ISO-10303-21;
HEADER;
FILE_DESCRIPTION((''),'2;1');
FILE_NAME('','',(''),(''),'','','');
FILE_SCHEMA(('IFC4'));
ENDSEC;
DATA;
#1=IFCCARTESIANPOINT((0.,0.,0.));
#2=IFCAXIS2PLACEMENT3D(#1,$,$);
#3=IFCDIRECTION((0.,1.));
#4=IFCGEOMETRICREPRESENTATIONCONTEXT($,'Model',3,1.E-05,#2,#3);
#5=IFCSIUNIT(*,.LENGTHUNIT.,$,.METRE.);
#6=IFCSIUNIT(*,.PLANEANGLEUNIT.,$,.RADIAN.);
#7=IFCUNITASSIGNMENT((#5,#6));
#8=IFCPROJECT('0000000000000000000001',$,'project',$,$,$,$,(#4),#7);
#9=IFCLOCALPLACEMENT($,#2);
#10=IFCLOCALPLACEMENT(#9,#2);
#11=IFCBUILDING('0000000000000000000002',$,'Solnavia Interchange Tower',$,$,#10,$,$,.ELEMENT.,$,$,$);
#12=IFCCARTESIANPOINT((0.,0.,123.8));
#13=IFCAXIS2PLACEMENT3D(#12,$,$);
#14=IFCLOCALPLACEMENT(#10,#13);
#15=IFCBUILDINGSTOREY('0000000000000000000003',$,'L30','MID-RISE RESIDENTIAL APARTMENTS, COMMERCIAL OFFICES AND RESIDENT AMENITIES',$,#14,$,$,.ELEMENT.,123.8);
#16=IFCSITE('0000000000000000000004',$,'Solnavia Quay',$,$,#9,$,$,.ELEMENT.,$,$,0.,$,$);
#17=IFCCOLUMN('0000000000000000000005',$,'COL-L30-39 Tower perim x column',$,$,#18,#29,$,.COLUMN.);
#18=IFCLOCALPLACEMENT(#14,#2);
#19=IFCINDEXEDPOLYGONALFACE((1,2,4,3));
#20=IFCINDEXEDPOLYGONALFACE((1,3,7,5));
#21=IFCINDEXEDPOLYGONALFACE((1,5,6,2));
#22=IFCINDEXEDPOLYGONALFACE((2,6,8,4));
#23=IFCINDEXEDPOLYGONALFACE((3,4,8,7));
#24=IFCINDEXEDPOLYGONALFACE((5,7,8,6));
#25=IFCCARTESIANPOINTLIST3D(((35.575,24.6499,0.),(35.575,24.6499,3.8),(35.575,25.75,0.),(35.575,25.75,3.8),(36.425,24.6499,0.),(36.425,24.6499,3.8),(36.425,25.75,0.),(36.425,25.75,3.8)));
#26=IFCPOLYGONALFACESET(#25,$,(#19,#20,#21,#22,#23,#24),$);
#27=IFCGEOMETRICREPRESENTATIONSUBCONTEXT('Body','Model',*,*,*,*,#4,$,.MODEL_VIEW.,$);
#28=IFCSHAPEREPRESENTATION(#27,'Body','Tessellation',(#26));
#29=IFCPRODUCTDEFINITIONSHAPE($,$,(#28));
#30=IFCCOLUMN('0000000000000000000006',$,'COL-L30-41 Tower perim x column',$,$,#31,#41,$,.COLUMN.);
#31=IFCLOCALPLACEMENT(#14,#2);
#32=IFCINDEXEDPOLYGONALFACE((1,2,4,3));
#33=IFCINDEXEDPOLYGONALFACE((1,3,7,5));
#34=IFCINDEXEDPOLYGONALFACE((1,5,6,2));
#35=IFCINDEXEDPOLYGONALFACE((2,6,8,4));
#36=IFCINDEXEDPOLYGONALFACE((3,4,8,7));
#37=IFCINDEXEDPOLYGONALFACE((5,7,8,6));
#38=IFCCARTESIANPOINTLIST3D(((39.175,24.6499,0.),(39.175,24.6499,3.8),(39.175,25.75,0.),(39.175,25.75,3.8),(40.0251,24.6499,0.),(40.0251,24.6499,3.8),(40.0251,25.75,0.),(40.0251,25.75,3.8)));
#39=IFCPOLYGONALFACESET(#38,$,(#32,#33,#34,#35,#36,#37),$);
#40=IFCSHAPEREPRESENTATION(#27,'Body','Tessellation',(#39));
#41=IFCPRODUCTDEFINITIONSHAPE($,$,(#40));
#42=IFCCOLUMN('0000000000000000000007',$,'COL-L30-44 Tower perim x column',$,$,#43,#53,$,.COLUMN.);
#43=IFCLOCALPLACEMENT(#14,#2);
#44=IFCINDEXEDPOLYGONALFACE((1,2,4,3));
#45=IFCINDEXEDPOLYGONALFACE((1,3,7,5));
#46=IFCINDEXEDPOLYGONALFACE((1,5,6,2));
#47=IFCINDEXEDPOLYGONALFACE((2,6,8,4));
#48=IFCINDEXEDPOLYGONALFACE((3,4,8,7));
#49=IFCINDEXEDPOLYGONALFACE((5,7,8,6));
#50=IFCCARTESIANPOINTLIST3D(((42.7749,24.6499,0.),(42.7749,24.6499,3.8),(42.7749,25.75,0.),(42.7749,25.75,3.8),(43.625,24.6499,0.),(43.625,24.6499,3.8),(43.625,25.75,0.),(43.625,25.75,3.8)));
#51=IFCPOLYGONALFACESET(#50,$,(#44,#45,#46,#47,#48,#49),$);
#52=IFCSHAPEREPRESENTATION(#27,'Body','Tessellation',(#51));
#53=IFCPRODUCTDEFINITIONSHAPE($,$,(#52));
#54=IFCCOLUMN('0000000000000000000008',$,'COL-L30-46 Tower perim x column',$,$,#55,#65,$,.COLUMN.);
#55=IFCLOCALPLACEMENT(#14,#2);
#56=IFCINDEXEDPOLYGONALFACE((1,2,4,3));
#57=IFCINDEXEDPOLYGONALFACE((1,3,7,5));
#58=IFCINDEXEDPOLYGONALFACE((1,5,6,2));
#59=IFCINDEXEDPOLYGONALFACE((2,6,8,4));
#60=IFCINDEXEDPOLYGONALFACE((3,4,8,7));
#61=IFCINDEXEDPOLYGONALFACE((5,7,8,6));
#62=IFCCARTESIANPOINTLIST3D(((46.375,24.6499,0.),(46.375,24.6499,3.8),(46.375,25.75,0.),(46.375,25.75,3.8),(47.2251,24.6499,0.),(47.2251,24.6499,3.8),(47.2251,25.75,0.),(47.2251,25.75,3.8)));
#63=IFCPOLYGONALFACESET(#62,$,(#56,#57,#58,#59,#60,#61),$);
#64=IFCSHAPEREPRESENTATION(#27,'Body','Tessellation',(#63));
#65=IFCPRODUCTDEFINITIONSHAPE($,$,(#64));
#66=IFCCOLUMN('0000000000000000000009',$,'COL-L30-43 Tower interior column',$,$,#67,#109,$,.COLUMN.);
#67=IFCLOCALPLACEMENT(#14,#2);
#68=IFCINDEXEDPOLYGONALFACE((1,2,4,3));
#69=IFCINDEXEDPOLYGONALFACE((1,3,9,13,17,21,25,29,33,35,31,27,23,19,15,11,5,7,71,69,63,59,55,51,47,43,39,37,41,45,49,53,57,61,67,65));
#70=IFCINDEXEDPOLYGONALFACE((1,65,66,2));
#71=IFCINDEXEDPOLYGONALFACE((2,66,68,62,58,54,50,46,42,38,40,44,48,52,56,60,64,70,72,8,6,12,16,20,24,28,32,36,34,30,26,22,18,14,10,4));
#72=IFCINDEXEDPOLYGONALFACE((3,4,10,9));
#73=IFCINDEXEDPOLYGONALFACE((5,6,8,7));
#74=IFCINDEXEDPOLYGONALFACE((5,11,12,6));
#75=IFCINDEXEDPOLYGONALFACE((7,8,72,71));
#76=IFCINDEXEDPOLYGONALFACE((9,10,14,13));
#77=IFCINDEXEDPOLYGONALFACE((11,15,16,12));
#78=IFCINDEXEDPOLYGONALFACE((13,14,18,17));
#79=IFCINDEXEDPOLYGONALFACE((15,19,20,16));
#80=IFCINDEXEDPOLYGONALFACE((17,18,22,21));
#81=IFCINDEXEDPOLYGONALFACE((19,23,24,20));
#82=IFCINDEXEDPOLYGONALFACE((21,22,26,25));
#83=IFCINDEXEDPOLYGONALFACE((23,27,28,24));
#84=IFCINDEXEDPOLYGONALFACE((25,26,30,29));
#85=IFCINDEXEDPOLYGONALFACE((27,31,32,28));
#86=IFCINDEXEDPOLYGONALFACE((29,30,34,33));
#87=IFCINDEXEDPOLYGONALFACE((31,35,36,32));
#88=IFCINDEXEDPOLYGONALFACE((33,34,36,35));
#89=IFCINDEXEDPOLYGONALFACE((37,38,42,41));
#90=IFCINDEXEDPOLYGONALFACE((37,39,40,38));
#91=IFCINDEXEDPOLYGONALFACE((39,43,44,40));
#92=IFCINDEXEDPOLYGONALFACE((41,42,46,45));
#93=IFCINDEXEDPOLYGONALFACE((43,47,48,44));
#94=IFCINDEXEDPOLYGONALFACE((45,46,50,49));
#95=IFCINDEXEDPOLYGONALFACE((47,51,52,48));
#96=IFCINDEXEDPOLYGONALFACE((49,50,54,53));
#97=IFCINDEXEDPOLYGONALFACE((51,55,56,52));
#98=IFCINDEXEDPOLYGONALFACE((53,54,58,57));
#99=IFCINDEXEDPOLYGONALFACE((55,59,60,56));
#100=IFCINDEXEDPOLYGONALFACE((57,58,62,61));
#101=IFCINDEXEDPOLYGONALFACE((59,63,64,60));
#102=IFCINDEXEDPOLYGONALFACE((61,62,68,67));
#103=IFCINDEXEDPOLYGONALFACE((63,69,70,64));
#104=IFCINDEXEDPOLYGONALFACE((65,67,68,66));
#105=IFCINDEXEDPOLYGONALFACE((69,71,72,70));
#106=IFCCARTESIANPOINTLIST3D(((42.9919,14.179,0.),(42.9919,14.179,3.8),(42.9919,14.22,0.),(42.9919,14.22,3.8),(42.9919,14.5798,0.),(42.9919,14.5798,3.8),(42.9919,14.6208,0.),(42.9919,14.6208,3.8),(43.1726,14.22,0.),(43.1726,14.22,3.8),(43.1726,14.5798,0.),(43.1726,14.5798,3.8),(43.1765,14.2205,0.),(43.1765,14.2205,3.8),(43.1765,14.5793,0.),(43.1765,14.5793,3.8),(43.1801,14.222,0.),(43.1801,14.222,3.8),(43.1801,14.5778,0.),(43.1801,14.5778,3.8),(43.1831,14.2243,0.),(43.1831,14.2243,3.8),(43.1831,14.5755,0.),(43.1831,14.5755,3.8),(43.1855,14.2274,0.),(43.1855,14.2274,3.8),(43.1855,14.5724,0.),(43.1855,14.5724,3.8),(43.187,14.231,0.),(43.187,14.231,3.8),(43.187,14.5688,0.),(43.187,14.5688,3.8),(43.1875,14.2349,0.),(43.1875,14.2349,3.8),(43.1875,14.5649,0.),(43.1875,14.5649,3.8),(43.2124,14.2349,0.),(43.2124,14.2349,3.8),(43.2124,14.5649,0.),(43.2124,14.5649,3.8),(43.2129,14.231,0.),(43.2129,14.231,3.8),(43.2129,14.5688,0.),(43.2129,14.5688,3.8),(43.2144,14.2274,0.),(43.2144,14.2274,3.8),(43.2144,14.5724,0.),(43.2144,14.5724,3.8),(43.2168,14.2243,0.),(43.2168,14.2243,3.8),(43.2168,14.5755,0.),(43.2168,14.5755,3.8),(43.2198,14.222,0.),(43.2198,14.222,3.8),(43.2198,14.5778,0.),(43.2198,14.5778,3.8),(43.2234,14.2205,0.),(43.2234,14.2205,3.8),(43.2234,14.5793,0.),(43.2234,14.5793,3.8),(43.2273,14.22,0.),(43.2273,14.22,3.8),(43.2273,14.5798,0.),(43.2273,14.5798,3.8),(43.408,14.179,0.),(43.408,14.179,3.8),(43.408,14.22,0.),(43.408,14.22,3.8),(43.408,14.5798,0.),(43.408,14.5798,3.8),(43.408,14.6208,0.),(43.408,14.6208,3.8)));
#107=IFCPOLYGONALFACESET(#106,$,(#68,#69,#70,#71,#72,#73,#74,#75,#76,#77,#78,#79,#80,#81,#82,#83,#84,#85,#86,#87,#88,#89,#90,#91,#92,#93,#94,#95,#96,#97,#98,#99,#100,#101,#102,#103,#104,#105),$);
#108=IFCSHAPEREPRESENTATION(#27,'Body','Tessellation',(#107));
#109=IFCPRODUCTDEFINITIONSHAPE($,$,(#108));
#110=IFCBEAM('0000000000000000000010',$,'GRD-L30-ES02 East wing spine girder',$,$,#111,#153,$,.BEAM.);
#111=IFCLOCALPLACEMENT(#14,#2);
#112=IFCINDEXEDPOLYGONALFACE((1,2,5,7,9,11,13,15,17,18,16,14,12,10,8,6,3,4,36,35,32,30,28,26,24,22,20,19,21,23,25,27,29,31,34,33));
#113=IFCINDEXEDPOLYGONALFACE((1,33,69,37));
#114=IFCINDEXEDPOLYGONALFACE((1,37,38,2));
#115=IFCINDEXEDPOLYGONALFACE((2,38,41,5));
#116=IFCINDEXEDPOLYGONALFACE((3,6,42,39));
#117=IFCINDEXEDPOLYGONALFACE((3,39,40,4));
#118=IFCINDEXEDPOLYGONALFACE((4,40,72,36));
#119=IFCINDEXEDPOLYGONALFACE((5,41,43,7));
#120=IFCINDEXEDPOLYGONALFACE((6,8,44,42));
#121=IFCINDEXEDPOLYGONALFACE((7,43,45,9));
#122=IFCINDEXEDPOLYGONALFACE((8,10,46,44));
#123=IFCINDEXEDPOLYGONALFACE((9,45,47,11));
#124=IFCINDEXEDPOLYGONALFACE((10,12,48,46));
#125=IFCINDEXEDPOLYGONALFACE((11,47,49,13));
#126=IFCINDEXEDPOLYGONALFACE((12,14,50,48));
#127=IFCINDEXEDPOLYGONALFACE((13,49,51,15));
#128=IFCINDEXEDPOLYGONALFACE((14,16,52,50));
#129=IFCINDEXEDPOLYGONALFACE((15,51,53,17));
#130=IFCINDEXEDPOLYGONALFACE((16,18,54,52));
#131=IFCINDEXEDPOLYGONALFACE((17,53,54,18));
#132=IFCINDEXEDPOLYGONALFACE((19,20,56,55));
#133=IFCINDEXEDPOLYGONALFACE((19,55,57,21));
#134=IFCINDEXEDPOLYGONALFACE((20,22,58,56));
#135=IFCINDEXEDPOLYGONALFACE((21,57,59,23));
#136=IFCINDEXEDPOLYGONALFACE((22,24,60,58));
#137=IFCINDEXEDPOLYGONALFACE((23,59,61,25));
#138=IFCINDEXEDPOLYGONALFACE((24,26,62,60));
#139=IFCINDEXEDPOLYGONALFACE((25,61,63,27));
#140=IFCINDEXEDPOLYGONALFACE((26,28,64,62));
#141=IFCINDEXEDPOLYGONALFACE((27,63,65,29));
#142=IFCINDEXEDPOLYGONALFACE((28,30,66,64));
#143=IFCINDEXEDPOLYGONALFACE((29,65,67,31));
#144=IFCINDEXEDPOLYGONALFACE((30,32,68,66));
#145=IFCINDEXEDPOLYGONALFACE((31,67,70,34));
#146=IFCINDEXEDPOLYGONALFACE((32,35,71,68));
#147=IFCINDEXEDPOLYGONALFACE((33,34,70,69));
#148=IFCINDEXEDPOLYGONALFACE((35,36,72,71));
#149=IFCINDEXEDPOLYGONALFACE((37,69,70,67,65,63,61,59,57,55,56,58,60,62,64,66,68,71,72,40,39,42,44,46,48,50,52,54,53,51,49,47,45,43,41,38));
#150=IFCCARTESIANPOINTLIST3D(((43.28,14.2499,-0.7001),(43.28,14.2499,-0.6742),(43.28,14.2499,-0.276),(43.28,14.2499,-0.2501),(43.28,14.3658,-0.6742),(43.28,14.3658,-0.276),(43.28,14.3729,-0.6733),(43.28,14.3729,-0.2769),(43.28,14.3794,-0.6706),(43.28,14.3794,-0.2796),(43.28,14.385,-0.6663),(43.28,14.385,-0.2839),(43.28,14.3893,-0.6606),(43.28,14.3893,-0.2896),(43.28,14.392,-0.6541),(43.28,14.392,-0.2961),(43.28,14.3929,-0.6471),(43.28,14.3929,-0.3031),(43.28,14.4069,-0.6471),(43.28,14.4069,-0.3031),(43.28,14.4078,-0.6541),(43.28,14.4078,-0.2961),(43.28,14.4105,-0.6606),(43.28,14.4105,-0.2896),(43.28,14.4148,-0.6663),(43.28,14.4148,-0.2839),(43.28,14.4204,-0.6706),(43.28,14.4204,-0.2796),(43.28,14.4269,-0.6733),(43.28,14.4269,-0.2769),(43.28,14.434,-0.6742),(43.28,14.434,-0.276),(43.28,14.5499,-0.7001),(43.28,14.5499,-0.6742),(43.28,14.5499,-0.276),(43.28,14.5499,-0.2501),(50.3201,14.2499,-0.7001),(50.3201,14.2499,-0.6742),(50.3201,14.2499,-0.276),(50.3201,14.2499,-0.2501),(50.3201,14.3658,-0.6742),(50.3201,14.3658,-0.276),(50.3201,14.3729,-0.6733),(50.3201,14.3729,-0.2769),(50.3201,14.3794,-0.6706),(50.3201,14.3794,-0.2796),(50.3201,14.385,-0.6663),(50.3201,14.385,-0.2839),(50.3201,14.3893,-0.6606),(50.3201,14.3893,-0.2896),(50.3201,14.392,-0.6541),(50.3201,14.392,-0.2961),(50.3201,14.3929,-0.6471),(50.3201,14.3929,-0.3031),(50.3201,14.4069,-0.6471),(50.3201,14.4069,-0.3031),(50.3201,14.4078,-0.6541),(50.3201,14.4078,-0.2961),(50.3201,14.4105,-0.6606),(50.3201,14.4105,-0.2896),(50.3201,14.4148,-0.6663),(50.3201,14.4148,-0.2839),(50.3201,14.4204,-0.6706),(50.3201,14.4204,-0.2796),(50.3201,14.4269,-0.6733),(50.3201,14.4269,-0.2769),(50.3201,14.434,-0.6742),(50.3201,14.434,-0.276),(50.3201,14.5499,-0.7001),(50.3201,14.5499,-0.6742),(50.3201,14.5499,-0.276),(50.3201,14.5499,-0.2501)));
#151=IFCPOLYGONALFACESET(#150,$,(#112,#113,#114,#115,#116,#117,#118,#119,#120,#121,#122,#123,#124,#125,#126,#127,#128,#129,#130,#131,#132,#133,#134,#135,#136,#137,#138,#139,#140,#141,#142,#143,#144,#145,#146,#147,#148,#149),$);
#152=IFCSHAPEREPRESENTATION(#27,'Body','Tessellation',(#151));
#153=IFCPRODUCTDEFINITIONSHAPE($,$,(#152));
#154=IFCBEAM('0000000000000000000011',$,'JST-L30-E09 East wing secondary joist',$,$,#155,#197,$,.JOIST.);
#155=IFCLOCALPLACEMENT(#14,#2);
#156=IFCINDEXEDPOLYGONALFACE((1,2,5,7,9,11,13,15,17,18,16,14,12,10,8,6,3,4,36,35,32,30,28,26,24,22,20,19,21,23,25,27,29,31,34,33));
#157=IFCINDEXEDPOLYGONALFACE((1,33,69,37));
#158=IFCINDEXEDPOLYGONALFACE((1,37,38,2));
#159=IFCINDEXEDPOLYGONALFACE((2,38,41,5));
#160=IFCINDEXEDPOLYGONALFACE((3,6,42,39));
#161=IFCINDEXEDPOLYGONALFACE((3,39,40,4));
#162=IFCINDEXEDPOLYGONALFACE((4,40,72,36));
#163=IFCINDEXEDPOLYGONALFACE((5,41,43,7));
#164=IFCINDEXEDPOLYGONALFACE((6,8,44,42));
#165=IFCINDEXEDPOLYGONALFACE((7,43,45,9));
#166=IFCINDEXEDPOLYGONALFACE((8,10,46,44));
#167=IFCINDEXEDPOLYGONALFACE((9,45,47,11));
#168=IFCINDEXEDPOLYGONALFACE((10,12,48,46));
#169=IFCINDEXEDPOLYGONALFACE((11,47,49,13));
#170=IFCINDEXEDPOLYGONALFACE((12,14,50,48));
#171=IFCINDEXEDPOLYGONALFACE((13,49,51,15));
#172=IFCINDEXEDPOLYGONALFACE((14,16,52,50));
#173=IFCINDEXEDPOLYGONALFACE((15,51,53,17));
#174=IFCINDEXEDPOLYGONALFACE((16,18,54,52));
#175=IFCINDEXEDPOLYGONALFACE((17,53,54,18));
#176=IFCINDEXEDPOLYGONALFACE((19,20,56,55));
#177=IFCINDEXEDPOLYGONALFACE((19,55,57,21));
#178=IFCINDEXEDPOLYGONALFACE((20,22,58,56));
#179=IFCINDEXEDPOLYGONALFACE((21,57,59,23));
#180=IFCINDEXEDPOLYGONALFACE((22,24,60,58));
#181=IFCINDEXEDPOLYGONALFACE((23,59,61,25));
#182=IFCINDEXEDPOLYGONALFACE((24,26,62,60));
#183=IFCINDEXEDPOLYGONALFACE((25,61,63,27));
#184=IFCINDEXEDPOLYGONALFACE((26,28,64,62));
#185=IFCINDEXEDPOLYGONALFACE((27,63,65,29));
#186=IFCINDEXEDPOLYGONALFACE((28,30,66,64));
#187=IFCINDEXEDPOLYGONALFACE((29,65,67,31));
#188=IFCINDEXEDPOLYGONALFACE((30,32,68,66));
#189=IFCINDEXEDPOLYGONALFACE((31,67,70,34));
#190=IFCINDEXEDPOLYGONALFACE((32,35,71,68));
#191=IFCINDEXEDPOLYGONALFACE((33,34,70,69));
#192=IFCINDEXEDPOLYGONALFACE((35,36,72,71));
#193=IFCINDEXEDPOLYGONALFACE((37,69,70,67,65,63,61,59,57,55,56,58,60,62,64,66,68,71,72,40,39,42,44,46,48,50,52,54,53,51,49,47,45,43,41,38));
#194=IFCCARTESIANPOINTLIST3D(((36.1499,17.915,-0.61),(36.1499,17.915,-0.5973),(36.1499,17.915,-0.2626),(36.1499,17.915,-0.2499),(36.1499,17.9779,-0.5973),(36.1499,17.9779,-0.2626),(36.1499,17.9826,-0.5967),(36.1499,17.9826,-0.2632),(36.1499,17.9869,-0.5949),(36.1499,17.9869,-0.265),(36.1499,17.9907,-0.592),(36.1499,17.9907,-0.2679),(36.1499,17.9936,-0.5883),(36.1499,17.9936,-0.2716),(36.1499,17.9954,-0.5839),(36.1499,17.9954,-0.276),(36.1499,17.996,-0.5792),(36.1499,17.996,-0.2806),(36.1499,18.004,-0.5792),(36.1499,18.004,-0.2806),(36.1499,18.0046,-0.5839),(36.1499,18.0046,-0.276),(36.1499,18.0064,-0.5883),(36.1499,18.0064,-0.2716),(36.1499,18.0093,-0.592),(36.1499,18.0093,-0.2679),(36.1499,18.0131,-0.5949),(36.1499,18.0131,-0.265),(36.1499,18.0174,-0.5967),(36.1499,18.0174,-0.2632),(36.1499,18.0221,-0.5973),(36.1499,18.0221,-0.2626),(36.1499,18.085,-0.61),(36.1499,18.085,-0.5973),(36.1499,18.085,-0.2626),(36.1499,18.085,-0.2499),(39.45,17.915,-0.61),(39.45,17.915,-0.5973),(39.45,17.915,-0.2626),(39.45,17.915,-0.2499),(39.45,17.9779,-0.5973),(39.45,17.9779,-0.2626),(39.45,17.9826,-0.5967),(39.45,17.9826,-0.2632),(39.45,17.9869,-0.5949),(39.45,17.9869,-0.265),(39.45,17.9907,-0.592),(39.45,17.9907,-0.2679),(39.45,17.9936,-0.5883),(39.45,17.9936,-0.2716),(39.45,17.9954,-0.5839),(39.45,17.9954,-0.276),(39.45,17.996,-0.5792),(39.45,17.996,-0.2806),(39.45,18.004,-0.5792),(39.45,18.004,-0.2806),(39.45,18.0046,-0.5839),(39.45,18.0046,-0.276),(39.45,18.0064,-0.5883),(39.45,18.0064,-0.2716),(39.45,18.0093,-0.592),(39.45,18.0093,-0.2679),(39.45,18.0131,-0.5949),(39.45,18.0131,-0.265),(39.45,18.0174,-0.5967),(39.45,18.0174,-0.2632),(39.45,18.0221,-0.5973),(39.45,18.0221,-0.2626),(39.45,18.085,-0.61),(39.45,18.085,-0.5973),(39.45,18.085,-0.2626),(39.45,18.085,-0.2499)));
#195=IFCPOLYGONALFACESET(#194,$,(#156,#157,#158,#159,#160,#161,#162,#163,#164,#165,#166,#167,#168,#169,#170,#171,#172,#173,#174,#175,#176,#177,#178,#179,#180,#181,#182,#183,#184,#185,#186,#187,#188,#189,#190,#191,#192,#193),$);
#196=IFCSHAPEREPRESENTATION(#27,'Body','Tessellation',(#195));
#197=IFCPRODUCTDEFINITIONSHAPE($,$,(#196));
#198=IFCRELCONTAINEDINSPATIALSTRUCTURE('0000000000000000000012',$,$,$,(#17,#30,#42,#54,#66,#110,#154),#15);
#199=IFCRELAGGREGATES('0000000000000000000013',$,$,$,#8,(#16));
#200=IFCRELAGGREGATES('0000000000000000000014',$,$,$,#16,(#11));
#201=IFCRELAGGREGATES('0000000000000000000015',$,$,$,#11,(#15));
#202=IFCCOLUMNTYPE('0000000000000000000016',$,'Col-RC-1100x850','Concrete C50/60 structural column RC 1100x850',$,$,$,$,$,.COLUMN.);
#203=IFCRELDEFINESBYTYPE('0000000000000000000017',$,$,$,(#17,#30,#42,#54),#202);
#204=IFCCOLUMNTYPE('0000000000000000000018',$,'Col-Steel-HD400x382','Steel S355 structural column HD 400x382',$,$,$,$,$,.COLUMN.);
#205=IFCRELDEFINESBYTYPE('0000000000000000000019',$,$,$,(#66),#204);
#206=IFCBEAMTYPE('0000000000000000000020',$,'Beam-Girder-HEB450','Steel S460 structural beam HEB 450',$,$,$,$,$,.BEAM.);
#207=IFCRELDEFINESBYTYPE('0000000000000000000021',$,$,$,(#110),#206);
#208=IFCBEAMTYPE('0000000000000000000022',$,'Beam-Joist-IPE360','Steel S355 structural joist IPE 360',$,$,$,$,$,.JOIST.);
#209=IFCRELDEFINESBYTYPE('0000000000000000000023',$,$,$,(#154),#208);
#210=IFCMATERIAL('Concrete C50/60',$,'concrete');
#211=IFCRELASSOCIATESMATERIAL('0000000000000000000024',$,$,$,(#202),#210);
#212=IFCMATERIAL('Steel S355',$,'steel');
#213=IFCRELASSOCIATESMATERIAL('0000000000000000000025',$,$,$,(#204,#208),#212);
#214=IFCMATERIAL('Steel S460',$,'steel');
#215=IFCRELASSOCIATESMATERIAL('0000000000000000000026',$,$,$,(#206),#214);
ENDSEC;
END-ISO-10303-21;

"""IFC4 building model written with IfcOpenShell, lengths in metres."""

from ifc_helpers import new_model, si_unit, direction, frame, origin, origin_2d, place, context, subcontext, project, spatial, rectangle, i_section, extrude, material, material_profile, profile_set, type_object, element, save


model = new_model("IFC4")

# Units and contexts
model_context = context("Model", 3, precision=1e-05, world=origin(), true_north=direction((0.0, 1.0)))
body_context = subcontext(model_context, "Body", "Model", "MODEL_VIEW")
ifc_project = project(units=[si_unit("LENGTHUNIT", "METRE"), si_unit("PLANEANGLEUNIT", "RADIAN")], contexts=[model_context])

# Site, building, storey
site_placement = place(None, origin())
site = spatial("IfcSite", under=ifc_project, at=site_placement, Name="Solnavia Quay", CompositionType="ELEMENT", RefElevation=0.0)
building_placement = place(site_placement, origin())
building = spatial("IfcBuilding", under=site, at=building_placement, Name="Solnavia Interchange Tower", CompositionType="ELEMENT")
storey_placement = place(building_placement, frame((0.0, 0.0, 123.8)))
storey = spatial("IfcBuildingStorey", under=building, at=storey_placement, Name="L30", Description="MID-RISE RESIDENTIAL APARTMENTS, COMMERCIAL OFFICES AND RESIDENT AMENITIES", CompositionType="ELEMENT", Elevation=123.8)

# Columns
ifc_material_1 = material(Name="Concrete C50/60", Category="concrete")
ifc_material_profile_1 = material_profile(ifc_material_1, rectangle(XDim=0.8501, YDim=1.1001, at=origin_2d()), Name="RC 1100x850")
ifc_profile_set_1 = profile_set([ifc_material_profile_1], Name="Concrete C50/60")
column_type_1 = type_object("IfcColumnType", Name="Col-RC-1100x850", Description="Concrete C50/60 structural column RC 1100x850", PredefinedType="COLUMN", material=ifc_profile_set_1)
for number, where, z_axis, x_axis, name in (
    (1, (36.0, 25.2, 0.0), (0.0, 0.0, 1.0), (1.0, 0.0, 0.0), "COL-L30-39 Tower perim x column"),
    (2, (39.6001, 25.2, 0.0), (0.0, 0.0, 1.0), (1.0, 0.0, 0.0), "COL-L30-41 Tower perim x column"),
    (3, (43.2, 25.2, 0.0), (0.0, 0.0, 1.0), (1.0, 0.0, 0.0), "COL-L30-44 Tower perim x column"),
    (4, (46.8, 25.2, 0.0), (0.0, 0.0, 1.0), (1.0, 0.0, 0.0), "COL-L30-46 Tower perim x column"),
):
    element("IfcColumn", number, at=place(storey_placement, frame(where, z_axis=z_axis, x_axis=x_axis)), inside=storey, type_object=column_type_1, Name=name, PredefinedType="COLUMN", context=body_context, shape_type="SweptSolid", body=[
        extrude(rectangle(XDim=0.8501, YDim=1.1001, at=origin_2d()), origin(), (0.0, 0.0, 1.0), 3.8),
    ])
ifc_material_2 = material(Name="Steel S355", Category="steel")
ifc_material_profile_2 = material_profile(ifc_material_2, i_section(OverallWidth=0.416, OverallDepth=0.4419, WebThickness=0.0249, FlangeThickness=0.041, FilletRadius=0.0149, at=origin_2d()), Name="HD 400x382")
ifc_profile_set_2 = profile_set([ifc_material_profile_2], Name="Steel S355")
column_type_2 = type_object("IfcColumnType", Name="Col-Steel-HD400x382", Description="Steel S355 structural column HD 400x382", PredefinedType="COLUMN", material=ifc_profile_set_2)
column_placement = place(storey_placement, frame((43.2, 14.3999, 0.0), z_axis=(0.0, 0.0, 1.0), x_axis=(1.0, 0.0, 0.0)))
element("IfcColumn", 5, at=column_placement, inside=storey, type_object=column_type_2, Name="COL-L30-43 Tower interior column", PredefinedType="COLUMN", context=body_context, shape_type="SweptSolid", body=[
    extrude(i_section(OverallWidth=0.416, OverallDepth=0.4419, WebThickness=0.0249, FlangeThickness=0.041, FilletRadius=0.0149, at=origin_2d()), origin(), (0.0, 0.0, 1.0), 3.8),
])

# Beams
ifc_material_3 = material(Name="Steel S460", Category="steel")
ifc_material_profile_3 = material_profile(ifc_material_3, i_section(OverallWidth=0.3, OverallDepth=0.45, WebThickness=0.0139, FlangeThickness=0.0259, FilletRadius=0.0271, at=origin_2d()), Name="HEB 450")
ifc_profile_set_3 = profile_set([ifc_material_profile_3], Name="Steel S460")
beam_type_1 = type_object("IfcBeamType", Name="Beam-Girder-HEB450", Description="Steel S460 structural beam HEB 450", PredefinedType="BEAM", material=ifc_profile_set_3)
beam_1_placement = place(storey_placement, frame((43.28, 14.3999, -0.4751), z_axis=(1.0, 0.0, 0.0), x_axis=(0.0, 1.0, 0.0)))
element("IfcBeam", 6, at=beam_1_placement, inside=storey, type_object=beam_type_1, Name="GRD-L30-ES02 East wing spine girder", PredefinedType="BEAM", context=body_context, shape_type="SweptSolid", body=[
    extrude(i_section(OverallWidth=0.3, OverallDepth=0.45, WebThickness=0.0139, FlangeThickness=0.0259, FilletRadius=0.0271, at=origin_2d()), origin(), (0.0, 0.0, 1.0), 7.04),
])
ifc_material_profile_4 = material_profile(ifc_material_2, i_section(OverallWidth=0.1699, OverallDepth=0.3601, WebThickness=0.0081, FlangeThickness=0.0127, FilletRadius=0.0181, at=origin_2d()), Name="IPE 360")
ifc_profile_set_4 = profile_set([ifc_material_profile_4], Name="Steel S355")
beam_type_2 = type_object("IfcBeamType", Name="Beam-Joist-IPE360", Description="Steel S355 structural joist IPE 360", PredefinedType="JOIST", material=ifc_profile_set_4)
for number, where, z_axis, x_axis, name in (
    (7, (36.1499, 18.0, -0.4299), (1.0, 0.0, 0.0), (0.0, 1.0, 0.0), "JST-L30-E09 East wing secondary joist"),
):
    element("IfcBeam", number, at=place(storey_placement, frame(where, z_axis=z_axis, x_axis=x_axis)), inside=storey, type_object=beam_type_2, Name=name, PredefinedType="JOIST", context=body_context, shape_type="SweptSolid", body=[
        extrude(i_section(OverallWidth=0.1699, OverallDepth=0.3601, WebThickness=0.0081, FlangeThickness=0.0127, FilletRadius=0.0181, at=origin_2d()), origin(), (0.0, 0.0, 1.0), 3.3),
    ])

save(model, "model.ifc")
